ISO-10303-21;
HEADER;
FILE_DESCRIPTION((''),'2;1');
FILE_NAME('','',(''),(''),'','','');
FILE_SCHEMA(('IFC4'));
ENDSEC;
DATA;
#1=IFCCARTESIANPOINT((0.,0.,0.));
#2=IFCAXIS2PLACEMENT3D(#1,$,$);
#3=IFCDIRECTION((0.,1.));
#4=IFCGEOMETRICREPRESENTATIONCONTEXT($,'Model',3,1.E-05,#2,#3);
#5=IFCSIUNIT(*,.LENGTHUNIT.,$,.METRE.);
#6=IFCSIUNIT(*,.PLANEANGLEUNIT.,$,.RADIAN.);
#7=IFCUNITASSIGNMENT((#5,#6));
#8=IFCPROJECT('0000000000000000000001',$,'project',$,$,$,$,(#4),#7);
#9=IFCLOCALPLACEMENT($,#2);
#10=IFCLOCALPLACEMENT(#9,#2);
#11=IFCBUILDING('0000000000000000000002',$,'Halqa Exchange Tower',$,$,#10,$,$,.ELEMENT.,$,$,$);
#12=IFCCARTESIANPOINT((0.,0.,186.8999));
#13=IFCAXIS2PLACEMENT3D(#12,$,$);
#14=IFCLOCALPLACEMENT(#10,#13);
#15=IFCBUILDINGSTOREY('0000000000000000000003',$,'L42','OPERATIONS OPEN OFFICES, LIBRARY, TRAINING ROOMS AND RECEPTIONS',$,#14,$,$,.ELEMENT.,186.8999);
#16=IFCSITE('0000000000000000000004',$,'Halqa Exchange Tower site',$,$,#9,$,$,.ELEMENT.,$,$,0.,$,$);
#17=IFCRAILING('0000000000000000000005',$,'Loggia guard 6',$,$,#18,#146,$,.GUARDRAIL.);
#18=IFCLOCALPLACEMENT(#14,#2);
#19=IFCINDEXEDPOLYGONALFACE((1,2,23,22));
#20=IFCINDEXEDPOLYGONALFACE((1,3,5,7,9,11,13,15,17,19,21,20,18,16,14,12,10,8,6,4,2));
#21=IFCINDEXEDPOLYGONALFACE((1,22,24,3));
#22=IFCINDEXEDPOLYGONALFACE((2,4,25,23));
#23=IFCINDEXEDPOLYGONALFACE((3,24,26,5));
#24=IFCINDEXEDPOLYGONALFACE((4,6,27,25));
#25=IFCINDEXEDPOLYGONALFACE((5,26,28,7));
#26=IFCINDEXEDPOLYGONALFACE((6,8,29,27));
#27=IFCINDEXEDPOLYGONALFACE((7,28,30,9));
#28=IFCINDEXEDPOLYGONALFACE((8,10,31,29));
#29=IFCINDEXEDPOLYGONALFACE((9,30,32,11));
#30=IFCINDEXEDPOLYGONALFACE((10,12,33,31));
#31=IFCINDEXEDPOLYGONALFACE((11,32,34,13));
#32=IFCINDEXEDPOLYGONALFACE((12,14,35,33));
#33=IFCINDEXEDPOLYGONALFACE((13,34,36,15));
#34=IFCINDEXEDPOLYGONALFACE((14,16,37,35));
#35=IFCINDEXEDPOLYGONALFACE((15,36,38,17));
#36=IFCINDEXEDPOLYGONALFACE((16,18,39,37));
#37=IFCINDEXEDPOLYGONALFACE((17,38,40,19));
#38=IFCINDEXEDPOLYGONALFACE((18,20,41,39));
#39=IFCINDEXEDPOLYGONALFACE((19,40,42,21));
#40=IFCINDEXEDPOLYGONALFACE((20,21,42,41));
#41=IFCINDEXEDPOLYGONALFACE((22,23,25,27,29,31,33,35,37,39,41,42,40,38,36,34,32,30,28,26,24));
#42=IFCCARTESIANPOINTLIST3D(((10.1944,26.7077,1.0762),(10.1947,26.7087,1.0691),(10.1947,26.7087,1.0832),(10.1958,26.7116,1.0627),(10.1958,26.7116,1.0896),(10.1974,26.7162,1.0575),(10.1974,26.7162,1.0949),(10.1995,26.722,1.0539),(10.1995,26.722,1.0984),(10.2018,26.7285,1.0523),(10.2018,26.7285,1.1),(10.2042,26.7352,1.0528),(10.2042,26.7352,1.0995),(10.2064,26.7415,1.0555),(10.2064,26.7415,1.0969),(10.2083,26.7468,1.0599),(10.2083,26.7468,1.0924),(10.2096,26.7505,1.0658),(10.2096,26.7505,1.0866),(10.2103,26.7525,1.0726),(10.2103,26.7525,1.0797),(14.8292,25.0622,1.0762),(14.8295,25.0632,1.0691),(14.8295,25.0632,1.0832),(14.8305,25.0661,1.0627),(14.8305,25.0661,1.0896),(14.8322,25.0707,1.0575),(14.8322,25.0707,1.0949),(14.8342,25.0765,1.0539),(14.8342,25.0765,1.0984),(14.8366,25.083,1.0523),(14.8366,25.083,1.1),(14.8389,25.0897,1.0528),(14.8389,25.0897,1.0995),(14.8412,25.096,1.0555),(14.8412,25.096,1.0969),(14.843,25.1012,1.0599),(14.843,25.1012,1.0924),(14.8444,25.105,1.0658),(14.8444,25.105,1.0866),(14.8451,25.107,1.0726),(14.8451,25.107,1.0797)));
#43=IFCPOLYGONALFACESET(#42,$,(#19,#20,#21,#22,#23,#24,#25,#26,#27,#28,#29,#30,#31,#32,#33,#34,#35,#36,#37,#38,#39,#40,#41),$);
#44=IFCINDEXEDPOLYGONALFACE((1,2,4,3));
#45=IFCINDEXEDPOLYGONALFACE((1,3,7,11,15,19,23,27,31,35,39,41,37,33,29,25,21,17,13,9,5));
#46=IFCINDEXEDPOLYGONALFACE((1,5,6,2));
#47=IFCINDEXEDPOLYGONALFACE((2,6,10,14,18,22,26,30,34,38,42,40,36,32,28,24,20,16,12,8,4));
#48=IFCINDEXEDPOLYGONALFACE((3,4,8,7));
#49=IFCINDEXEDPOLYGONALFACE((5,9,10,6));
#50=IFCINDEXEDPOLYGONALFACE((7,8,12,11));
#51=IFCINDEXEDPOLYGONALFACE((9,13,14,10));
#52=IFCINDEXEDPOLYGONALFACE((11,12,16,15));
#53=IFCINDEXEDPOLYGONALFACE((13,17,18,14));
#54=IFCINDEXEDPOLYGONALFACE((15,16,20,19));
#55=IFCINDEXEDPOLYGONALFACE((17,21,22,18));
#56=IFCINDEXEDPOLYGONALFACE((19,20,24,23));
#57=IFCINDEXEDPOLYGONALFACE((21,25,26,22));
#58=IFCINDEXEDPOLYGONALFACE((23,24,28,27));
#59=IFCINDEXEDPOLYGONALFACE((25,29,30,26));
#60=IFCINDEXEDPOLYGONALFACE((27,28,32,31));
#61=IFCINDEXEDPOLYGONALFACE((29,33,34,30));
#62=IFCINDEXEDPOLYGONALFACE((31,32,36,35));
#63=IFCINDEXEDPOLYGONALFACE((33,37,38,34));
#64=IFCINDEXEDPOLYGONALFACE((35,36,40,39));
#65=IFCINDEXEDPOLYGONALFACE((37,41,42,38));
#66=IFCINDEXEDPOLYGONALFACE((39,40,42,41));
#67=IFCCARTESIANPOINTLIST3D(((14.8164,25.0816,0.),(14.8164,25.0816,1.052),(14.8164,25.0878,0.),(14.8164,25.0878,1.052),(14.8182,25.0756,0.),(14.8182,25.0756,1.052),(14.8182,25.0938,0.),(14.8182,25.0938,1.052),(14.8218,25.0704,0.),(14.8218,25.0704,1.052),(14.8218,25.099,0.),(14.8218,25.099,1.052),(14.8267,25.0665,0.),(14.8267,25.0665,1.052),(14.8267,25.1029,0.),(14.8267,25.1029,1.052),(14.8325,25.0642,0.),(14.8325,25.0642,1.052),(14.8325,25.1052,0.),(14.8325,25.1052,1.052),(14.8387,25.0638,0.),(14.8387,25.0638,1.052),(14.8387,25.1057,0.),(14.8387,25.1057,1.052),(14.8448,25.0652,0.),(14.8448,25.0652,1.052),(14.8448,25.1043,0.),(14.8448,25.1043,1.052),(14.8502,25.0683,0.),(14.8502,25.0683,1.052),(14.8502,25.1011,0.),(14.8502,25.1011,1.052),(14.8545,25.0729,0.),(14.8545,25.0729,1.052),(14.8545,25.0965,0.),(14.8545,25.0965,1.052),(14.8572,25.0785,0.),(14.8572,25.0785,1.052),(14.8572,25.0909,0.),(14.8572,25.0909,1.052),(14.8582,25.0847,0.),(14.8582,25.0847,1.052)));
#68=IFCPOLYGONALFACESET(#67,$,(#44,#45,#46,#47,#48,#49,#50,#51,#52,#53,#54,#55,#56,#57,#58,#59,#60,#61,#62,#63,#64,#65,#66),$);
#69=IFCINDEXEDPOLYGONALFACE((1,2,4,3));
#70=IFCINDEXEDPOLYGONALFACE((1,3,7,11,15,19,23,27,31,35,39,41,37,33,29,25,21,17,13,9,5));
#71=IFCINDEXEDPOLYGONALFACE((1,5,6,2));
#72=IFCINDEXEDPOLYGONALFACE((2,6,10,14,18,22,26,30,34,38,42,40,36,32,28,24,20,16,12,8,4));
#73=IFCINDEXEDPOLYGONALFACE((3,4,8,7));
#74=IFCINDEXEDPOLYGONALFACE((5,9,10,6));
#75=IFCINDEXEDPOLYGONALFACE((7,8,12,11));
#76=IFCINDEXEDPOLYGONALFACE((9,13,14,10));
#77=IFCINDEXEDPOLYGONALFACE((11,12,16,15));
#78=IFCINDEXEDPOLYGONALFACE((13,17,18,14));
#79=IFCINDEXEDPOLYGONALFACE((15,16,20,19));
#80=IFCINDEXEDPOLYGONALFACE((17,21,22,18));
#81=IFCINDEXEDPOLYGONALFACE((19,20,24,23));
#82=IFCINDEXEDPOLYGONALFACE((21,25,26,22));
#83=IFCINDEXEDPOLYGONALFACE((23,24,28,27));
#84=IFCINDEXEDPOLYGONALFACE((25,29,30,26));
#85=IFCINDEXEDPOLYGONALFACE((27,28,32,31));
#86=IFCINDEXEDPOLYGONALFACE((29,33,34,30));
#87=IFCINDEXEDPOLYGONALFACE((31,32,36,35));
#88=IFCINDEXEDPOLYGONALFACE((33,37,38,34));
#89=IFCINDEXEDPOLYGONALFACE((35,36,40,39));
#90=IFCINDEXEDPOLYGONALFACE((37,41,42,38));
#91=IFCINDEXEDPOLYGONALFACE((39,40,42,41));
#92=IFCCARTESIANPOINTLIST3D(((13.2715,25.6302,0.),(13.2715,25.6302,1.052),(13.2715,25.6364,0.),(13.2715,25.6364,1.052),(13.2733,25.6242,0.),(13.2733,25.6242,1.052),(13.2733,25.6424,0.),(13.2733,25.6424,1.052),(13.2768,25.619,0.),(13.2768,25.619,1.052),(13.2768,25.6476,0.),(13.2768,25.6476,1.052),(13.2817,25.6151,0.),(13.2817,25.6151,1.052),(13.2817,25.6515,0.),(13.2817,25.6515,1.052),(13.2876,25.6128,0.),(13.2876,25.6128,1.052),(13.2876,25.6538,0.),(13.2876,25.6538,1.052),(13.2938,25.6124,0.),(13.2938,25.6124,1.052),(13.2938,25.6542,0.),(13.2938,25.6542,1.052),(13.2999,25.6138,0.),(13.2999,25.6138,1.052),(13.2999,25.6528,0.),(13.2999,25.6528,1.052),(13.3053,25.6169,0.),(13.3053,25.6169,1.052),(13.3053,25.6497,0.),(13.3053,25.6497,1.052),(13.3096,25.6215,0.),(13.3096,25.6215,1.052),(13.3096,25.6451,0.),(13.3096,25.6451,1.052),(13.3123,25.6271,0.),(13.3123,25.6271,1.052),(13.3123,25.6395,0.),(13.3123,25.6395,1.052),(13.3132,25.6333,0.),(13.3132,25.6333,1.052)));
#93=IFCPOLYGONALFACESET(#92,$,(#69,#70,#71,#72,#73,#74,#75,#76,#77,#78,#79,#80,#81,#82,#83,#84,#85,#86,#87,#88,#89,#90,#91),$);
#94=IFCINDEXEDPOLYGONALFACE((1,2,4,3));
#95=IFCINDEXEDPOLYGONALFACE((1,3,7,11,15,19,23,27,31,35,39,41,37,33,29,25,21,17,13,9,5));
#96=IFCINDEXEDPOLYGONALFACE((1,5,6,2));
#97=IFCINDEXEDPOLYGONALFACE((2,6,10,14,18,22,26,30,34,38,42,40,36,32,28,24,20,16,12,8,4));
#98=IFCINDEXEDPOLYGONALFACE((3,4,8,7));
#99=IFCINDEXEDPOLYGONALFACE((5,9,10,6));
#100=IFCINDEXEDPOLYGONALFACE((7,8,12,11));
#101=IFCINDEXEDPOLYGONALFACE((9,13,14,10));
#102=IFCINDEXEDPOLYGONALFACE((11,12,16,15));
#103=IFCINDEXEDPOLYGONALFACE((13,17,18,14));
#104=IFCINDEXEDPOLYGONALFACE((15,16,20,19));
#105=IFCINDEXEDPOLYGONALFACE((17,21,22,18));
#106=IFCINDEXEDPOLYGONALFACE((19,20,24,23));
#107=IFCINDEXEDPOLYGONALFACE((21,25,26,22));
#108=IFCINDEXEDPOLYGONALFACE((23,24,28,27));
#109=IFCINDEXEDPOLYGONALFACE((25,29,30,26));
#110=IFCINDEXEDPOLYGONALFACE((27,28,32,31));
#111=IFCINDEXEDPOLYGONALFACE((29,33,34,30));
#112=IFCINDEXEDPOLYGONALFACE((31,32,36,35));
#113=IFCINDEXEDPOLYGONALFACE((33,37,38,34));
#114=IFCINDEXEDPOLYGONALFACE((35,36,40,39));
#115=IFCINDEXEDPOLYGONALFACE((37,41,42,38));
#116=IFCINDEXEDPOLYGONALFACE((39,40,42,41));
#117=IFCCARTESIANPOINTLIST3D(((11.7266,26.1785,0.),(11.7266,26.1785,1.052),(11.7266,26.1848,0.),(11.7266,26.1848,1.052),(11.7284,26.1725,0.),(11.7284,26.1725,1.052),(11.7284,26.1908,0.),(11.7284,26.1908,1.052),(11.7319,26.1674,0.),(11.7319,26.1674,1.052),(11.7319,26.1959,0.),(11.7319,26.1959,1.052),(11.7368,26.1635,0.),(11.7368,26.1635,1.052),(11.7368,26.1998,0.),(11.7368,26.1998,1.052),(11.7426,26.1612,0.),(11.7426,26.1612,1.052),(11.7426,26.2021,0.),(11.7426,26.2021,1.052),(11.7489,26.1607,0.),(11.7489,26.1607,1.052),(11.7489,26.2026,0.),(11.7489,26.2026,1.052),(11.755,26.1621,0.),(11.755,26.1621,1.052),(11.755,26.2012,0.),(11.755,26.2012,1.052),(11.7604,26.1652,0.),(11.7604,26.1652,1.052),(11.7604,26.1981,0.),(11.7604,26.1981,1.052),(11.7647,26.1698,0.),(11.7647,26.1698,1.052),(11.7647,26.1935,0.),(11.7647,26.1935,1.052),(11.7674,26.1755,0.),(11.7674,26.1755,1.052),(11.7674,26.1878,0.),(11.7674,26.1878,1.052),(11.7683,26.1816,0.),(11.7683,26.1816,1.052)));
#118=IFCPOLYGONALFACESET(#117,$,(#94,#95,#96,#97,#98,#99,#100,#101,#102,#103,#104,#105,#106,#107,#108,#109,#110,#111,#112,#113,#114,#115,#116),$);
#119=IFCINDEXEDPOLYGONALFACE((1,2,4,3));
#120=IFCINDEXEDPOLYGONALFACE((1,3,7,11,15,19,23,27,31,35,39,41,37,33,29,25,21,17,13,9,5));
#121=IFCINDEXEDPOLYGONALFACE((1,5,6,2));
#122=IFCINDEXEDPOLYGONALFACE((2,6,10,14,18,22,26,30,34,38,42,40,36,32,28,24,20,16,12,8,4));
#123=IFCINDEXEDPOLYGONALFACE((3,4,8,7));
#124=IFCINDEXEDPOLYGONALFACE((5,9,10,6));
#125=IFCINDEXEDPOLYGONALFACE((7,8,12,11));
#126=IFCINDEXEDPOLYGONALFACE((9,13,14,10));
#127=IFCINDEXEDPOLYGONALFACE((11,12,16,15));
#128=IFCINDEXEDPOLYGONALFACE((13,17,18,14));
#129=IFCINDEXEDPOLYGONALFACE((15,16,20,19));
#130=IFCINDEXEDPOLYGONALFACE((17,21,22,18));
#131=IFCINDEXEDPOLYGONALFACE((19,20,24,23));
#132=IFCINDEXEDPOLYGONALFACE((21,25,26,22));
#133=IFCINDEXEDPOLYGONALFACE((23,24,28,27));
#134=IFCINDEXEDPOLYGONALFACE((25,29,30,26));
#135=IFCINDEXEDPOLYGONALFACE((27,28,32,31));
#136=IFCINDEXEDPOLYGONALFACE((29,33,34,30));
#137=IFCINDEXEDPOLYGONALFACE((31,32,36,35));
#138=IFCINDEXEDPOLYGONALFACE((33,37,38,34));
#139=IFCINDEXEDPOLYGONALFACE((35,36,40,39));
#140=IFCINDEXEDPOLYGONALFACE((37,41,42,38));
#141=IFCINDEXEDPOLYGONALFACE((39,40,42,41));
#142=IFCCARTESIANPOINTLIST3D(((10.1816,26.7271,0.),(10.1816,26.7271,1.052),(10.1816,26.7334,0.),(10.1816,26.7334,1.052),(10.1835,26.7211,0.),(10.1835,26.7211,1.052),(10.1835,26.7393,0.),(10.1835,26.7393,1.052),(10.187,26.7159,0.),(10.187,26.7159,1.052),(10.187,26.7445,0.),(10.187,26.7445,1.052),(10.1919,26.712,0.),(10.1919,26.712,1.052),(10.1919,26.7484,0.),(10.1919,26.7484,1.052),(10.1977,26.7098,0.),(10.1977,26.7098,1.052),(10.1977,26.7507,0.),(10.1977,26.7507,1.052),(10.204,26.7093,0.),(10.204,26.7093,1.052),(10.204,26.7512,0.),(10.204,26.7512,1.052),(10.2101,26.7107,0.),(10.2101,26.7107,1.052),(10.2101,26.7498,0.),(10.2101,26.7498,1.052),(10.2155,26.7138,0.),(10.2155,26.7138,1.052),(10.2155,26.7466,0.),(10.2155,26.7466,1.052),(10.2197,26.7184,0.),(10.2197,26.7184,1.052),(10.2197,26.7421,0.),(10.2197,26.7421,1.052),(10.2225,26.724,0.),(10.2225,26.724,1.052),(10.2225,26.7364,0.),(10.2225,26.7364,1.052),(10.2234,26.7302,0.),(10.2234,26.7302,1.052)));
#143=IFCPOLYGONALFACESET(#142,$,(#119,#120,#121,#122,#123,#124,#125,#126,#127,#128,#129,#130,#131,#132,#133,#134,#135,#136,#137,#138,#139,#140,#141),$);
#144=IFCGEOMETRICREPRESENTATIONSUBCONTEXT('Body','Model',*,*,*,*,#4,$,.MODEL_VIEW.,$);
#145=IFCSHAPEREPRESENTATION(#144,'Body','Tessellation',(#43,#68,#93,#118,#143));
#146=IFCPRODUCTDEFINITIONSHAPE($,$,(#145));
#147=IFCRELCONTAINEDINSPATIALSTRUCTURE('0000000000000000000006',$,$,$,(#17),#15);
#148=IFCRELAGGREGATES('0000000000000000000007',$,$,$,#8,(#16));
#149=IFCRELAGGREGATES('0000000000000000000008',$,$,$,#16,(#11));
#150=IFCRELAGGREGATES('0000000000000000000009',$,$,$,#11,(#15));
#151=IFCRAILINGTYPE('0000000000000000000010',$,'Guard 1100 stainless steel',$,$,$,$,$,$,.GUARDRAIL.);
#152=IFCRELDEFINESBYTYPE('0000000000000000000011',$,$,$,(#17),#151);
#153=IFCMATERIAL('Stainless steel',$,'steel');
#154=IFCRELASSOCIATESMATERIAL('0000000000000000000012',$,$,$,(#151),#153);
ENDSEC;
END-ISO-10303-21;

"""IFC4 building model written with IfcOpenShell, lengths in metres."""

from ifc_helpers import new_model, si_unit, direction, frame, origin, origin_2d, place, context, subcontext, project, spatial, circle, extrude, material, type_object, element, save


model = new_model("IFC4")

# Units and contexts
model_context = context("Model", 3, precision=1e-05, world=origin(), true_north=direction((0.0, 1.0)))
body_context = subcontext(model_context, "Body", "Model", "MODEL_VIEW")
ifc_project = project(units=[si_unit("LENGTHUNIT", "METRE"), si_unit("PLANEANGLEUNIT", "RADIAN")], contexts=[model_context])

# Site, building, storey
site_placement = place(None, origin())
site = spatial("IfcSite", under=ifc_project, at=site_placement, Name="Halqa Exchange Tower site", CompositionType="ELEMENT", RefElevation=0.0)
building_placement = place(site_placement, origin())
building = spatial("IfcBuilding", under=site, at=building_placement, Name="Halqa Exchange Tower", CompositionType="ELEMENT")
storey_placement = place(building_placement, frame((0.0, 0.0, 186.8999)))
storey = spatial("IfcBuildingStorey", under=building, at=storey_placement, Name="L42", Description="OPERATIONS OPEN OFFICES, LIBRARY, TRAINING ROOMS AND RECEPTIONS", CompositionType="ELEMENT", Elevation=186.8999)

# Railing
ifc_material_1 = material(Name="Stainless steel", Category="steel")
railing_type = type_object("IfcRailingType", Name="Guard 1100 stainless steel", PredefinedType="GUARDRAIL", material=ifc_material_1)
railing_1_placement = place(storey_placement, frame((14.8372, 25.0847, 0.0)))
element("IfcRailing", 1, at=railing_1_placement, inside=storey, type_object=railing_type, Name="Loggia guard 6", PredefinedType="GUARDRAIL", context=body_context, shape_type="SweptSolid", body=[
    extrude(circle(Radius=0.0239, at=origin_2d()), frame((0.0, 0.0, 1.0762), z_axis=(-0.942369, 0.334575, 0.0), x_axis=(-0.334575, -0.942369, 0.0)), (0.0, 0.0, 1.0), 4.9182),
    extrude(circle(Radius=0.021, at=origin_2d()), origin(), (0.0, 0.0, 1.0), 1.052),
    extrude(circle(Radius=0.021, at=origin_2d()), frame((-1.5449, 0.5486, 0.0)), (0.0, 0.0, 1.0), 1.052),
    extrude(circle(Radius=0.021, at=origin_2d()), frame((-3.0898, 1.0969, 0.0)), (0.0, 0.0, 1.0), 1.052),
    extrude(circle(Radius=0.021, at=origin_2d()), frame((-4.6348, 1.6455, 0.0)), (0.0, 0.0, 1.0), 1.052),
])

save(model, "model.ifc")
